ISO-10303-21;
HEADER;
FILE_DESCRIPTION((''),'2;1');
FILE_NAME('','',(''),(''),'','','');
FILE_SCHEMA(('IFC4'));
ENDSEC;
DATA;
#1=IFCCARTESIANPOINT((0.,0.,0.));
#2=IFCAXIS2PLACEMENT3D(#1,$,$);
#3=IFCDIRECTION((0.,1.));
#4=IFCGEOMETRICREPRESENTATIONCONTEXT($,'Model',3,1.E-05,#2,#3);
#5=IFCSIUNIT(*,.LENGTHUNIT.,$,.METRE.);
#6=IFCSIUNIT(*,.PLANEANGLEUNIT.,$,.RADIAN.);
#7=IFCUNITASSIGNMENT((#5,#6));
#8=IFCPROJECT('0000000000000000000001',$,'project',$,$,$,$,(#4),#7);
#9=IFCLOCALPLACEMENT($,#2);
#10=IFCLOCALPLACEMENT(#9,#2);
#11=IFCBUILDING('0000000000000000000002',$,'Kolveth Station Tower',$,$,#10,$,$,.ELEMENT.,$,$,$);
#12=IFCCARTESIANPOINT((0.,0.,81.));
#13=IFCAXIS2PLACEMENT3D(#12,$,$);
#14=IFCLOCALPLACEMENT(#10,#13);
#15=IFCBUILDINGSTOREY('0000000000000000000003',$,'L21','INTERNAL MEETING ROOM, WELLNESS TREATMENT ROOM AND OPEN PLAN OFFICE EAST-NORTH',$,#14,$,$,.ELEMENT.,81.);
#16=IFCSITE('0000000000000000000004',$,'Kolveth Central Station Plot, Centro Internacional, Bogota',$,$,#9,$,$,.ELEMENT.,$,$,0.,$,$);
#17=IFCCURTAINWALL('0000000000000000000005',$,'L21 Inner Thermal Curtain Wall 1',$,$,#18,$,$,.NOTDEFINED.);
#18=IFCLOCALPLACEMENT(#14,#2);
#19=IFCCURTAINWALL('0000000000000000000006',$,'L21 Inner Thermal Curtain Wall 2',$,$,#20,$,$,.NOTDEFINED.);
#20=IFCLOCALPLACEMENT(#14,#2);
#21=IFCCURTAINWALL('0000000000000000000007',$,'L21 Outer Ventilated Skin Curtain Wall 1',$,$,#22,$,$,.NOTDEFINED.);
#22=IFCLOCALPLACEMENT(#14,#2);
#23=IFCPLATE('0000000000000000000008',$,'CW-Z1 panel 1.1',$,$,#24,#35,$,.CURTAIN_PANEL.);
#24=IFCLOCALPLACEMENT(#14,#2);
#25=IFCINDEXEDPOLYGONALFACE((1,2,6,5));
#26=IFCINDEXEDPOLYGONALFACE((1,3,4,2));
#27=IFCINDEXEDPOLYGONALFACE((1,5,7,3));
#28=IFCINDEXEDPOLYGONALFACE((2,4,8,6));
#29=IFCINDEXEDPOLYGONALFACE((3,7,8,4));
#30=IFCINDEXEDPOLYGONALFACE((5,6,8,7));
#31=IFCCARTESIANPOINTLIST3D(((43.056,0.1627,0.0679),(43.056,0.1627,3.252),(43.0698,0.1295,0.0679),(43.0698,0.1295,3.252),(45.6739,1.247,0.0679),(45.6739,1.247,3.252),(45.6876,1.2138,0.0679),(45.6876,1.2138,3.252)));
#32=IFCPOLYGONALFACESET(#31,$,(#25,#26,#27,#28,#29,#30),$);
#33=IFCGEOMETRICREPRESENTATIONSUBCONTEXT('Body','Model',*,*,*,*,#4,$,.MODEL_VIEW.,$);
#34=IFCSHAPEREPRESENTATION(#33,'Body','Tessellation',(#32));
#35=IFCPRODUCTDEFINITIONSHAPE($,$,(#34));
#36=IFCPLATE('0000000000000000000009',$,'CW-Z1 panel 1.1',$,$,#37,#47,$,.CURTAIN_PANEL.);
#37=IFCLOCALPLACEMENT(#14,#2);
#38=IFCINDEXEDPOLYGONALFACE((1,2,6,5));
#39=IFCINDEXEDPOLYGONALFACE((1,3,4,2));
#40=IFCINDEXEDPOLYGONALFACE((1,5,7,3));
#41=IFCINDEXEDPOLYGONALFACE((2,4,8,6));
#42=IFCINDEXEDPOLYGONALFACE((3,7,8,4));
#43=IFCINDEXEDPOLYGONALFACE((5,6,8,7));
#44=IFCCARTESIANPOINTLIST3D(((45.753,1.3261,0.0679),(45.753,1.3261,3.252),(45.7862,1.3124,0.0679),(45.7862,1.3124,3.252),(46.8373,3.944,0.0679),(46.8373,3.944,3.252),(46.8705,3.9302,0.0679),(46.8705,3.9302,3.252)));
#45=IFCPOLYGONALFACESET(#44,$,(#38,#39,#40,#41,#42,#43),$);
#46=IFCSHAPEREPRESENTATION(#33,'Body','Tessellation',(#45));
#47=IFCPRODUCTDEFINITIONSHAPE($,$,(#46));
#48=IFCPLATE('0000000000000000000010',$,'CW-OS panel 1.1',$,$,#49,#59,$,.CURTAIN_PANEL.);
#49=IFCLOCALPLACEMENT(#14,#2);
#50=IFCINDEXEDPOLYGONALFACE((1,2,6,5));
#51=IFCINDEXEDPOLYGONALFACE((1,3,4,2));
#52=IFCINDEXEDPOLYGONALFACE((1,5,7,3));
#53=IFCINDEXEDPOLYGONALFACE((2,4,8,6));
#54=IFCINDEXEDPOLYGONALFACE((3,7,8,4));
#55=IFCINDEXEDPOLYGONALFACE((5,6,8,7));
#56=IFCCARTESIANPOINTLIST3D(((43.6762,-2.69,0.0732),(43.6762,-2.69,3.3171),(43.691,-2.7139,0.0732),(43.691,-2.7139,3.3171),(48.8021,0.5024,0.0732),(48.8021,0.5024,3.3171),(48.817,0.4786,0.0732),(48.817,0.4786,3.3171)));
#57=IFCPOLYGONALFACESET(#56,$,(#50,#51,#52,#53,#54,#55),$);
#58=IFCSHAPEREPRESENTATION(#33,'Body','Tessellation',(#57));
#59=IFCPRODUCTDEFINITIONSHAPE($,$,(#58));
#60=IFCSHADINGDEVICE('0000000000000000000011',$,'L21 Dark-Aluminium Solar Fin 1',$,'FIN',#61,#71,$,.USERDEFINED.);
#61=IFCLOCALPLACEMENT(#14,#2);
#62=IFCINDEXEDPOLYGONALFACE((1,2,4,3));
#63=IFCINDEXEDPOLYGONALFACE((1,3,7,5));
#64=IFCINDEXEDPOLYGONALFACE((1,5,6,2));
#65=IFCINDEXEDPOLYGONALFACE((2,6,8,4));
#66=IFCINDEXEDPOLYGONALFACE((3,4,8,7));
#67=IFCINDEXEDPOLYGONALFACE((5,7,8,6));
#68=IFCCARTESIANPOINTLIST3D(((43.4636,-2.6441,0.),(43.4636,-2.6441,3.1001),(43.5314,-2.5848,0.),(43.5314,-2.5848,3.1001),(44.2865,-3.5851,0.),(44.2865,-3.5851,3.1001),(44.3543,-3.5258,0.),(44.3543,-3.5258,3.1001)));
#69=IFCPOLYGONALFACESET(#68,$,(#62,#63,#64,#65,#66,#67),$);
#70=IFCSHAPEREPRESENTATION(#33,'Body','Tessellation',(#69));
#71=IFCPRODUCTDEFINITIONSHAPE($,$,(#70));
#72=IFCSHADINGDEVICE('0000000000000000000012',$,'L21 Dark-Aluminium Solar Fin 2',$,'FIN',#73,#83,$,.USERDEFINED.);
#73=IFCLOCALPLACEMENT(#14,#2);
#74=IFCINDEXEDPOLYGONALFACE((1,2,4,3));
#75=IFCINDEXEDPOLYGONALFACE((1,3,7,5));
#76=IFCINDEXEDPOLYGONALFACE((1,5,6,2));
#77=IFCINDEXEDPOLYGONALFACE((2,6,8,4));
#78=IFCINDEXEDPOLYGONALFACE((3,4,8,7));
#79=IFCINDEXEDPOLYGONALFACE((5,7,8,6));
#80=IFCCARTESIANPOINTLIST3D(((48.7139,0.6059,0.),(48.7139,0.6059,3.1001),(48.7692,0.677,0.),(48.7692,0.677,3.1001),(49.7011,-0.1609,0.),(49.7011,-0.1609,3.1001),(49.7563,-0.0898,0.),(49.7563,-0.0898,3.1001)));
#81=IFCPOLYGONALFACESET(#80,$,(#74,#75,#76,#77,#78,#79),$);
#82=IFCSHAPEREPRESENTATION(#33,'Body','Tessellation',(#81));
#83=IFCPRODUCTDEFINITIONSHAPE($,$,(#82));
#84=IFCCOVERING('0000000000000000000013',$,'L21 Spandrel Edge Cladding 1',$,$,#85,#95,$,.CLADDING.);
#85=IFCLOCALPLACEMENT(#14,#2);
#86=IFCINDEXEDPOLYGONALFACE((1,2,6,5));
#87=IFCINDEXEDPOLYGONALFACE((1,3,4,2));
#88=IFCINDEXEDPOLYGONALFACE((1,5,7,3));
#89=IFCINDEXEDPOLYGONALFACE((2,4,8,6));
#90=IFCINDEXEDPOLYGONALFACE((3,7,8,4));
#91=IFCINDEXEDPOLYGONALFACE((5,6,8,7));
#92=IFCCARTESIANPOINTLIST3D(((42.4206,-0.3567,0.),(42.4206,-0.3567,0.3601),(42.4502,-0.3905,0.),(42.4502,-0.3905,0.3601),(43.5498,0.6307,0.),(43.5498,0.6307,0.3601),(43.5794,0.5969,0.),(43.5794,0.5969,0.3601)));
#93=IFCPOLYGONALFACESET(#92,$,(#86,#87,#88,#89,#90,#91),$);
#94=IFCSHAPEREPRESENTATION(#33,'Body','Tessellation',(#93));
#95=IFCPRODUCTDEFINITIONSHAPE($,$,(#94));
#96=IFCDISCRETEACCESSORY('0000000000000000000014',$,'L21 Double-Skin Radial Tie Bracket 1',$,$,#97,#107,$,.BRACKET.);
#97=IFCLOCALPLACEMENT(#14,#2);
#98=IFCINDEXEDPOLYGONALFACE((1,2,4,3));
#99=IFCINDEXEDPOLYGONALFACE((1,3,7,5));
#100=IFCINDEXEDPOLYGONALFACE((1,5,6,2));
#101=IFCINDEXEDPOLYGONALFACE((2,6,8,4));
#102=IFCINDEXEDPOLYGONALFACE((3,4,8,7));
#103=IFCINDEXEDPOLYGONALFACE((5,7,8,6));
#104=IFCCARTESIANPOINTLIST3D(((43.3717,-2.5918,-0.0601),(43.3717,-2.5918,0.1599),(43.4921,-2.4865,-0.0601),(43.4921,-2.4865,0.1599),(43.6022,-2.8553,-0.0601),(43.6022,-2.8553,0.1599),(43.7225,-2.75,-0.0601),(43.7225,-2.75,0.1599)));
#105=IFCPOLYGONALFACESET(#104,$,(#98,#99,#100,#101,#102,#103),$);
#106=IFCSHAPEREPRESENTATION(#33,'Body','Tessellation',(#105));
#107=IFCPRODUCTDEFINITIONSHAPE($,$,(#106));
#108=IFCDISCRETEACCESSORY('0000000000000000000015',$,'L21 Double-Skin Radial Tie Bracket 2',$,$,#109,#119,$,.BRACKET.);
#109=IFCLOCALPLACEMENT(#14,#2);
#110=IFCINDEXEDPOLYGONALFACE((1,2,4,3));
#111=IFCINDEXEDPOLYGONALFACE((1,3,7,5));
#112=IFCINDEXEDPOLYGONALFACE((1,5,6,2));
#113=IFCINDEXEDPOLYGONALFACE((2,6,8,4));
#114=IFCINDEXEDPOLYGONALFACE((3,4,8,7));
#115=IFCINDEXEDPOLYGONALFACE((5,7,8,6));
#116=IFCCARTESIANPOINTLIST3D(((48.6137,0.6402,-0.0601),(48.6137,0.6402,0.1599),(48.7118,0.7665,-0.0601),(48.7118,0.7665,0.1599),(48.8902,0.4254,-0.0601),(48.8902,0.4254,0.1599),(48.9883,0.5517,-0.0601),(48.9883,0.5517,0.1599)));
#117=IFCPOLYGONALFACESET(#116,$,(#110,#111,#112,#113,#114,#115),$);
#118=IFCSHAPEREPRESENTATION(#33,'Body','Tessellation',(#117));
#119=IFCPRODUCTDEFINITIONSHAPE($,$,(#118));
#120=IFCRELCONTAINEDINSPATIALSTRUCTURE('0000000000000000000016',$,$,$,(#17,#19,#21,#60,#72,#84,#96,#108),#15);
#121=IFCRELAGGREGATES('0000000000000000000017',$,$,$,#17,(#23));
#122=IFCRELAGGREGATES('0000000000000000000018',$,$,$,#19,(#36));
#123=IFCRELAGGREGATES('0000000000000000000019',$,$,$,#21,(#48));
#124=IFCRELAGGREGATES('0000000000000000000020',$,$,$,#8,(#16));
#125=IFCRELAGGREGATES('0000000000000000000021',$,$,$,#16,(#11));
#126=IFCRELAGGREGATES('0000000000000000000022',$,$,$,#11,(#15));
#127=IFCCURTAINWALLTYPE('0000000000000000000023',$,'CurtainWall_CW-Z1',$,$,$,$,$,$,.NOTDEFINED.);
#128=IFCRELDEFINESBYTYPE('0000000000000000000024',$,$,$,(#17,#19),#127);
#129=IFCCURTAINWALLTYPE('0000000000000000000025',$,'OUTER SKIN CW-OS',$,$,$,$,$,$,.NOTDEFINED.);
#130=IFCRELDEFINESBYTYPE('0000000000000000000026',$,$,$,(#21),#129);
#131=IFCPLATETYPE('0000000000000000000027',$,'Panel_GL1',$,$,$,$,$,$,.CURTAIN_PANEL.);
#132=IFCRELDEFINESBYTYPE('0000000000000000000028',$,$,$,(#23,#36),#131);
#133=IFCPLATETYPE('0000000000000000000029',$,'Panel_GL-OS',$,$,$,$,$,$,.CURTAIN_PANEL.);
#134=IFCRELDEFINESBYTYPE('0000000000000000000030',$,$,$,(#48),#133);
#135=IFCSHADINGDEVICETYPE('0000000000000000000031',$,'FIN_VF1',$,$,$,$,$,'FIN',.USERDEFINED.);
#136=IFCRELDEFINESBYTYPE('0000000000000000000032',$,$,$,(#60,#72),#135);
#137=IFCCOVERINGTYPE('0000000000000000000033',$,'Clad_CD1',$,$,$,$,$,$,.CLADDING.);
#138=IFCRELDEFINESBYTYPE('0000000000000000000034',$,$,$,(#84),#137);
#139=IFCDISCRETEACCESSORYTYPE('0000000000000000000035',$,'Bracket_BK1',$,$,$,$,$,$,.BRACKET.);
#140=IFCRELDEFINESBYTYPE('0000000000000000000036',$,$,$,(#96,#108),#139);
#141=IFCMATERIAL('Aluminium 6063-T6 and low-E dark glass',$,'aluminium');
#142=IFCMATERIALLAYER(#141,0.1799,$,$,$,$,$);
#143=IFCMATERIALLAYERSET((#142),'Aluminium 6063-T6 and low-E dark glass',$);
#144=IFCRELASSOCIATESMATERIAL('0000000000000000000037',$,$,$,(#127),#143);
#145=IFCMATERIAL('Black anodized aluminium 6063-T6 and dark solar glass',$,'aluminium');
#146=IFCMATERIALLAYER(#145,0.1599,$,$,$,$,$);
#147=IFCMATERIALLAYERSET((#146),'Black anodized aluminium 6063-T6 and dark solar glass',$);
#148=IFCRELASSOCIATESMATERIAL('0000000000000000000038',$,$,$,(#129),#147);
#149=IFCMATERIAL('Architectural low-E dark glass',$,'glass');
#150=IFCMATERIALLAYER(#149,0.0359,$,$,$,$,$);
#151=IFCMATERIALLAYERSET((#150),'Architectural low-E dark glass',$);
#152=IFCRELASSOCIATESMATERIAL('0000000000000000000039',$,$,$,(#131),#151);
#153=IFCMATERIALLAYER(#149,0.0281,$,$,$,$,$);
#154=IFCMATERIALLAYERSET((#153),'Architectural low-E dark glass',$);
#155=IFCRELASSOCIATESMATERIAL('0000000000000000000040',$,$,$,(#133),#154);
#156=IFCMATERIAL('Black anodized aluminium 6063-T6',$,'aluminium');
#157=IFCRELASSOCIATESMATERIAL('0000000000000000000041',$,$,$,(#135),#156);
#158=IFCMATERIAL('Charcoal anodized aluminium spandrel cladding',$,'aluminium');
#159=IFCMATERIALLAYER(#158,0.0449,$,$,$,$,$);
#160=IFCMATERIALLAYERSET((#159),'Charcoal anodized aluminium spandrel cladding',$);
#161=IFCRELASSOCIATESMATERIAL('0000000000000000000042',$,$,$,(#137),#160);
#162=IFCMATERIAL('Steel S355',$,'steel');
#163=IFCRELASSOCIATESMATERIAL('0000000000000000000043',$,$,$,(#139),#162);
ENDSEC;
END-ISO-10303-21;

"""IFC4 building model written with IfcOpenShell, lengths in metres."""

from ifc_helpers import new_model, si_unit, direction, frame, origin, origin_2d, place, context, subcontext, project, spatial, rectangle, extrude, source, transform, mapped, material, layer, layer_set, type_object, element, aggregate, save


model = new_model("IFC4")

# Units and contexts
model_context = context("Model", 3, precision=1e-05, world=origin(), true_north=direction((0.0, 1.0)))
body_context = subcontext(model_context, "Body", "Model", "MODEL_VIEW")
ifc_project = project(units=[si_unit("LENGTHUNIT", "METRE"), si_unit("PLANEANGLEUNIT", "RADIAN")], contexts=[model_context])

# Site, building, storey
site_placement = place(None, origin())
site = spatial("IfcSite", under=ifc_project, at=site_placement, Name="Kolveth Central Station Plot, Centro Internacional, Bogota", CompositionType="ELEMENT", RefElevation=0.0)
building_placement = place(site_placement, origin())
building = spatial("IfcBuilding", under=site, at=building_placement, Name="Kolveth Station Tower", CompositionType="ELEMENT")
storey_placement = place(building_placement, frame((0.0, 0.0, 81.0)))
storey = spatial("IfcBuildingStorey", under=building, at=storey_placement, Name="L21", Description="INTERNAL MEETING ROOM, WELLNESS TREATMENT ROOM AND OPEN PLAN OFFICE EAST-NORTH", CompositionType="ELEMENT", Elevation=81.0)

# Shared definitions
ifc_material_1 = material(Name="Steel S355", Category="steel")

# Curtain wall
ifc_material_2 = material(Name="Aluminium 6063-T6 and low-E dark glass", Category="aluminium")
ifc_layer_1 = layer(ifc_material_2, 0.1799)
ifc_layer_set_1 = layer_set([ifc_layer_1], Name="Aluminium 6063-T6 and low-E dark glass")
curtain_wall_type_1 = type_object("IfcCurtainWallType", Name="CurtainWall_CW-Z1", PredefinedType="NOTDEFINED", material=ifc_layer_set_1)
curtain_wall_1_placement = place(storey_placement, origin())
curtain_wall_1 = element("IfcCurtainWall", 1, at=curtain_wall_1_placement, inside=storey, type_object=curtain_wall_type_1, Name="L21 Inner Thermal Curtain Wall 1", PredefinedType="NOTDEFINED")
ifc_material_3 = material(Name="Black anodized aluminium 6063-T6", Category="aluminium")

# Curtain wall
curtain_wall_2_placement = place(storey_placement, origin())
curtain_wall_2 = element("IfcCurtainWall", 2, at=curtain_wall_2_placement, inside=storey, type_object=curtain_wall_type_1, Name="L21 Inner Thermal Curtain Wall 2", PredefinedType="NOTDEFINED")

# Curtain wall
ifc_material_4 = material(Name="Black anodized aluminium 6063-T6 and dark solar glass", Category="aluminium")
ifc_layer_2 = layer(ifc_material_4, 0.1599)
ifc_layer_set_2 = layer_set([ifc_layer_2], Name="Black anodized aluminium 6063-T6 and dark solar glass")
curtain_wall_type_2 = type_object("IfcCurtainWallType", Name="OUTER SKIN CW-OS", PredefinedType="NOTDEFINED", material=ifc_layer_set_2)
curtain_wall_3_placement = place(storey_placement, origin())
curtain_wall_3 = element("IfcCurtainWall", 3, at=curtain_wall_3_placement, inside=storey, type_object=curtain_wall_type_2, Name="L21 Outer Ventilated Skin Curtain Wall 1", PredefinedType="NOTDEFINED")

# Plates
ifc_material_5 = material(Name="Architectural low-E dark glass", Category="glass")
ifc_layer_3 = layer(ifc_material_5, 0.0359)
ifc_layer_set_3 = layer_set([ifc_layer_3], Name="Architectural low-E dark glass")
plate_type_1 = type_object("IfcPlateType", Name="Panel_GL1", PredefinedType="CURTAIN_PANEL", material=ifc_layer_set_3)
shared_shape_1 = source(origin(), body_context, "Body", "SweptSolid", [
    extrude(rectangle(XDim=2.8335, YDim=0.0359, at=origin_2d()), origin(), (0.0, 0.0, 1.0), 3.1841),
])
plate_1_placement = place(storey_placement, frame((44.3718, 0.6882, 0.0679), z_axis=(0.0, 0.0, 1.0), x_axis=(0.923884, 0.382673, 0.0)))
plate_1 = element("IfcPlate", 4, at=plate_1_placement, type_object=plate_type_1, Name="CW-Z1 panel 1.1", PredefinedType="CURTAIN_PANEL", context=body_context, shape_type="MappedRepresentation", body=[
    mapped(shared_shape_1, transform((0.0, 0.0, 0.0), x_axis=(1.0, 0.0, 0.0), y_axis=(0.0, 1.0, 0.0), z_axis=(0.0, 0.0, 1.0), scale=1.0)),
])
aggregate(curtain_wall_1, [plate_1])
plate_2_placement = place(storey_placement, frame((46.3118, 2.6282, 0.0679), z_axis=(0.0, 0.0, 1.0), x_axis=(0.382673, 0.923884, 0.0)))
plate_2 = element("IfcPlate", 5, at=plate_2_placement, type_object=plate_type_1, Name="CW-Z1 panel 1.1", PredefinedType="CURTAIN_PANEL", context=body_context, shape_type="MappedRepresentation", body=[
    mapped(shared_shape_1, transform((0.0, 0.0, 0.0), x_axis=(1.0, 0.0, 0.0), y_axis=(0.0, 1.0, 0.0), z_axis=(0.0, 0.0, 1.0), scale=1.0)),
])
aggregate(curtain_wall_2, [plate_2])
ifc_layer_4 = layer(ifc_material_5, 0.0281)
ifc_layer_set_4 = layer_set([ifc_layer_4], Name="Architectural low-E dark glass")
plate_type_2 = type_object("IfcPlateType", Name="Panel_GL-OS", PredefinedType="CURTAIN_PANEL", material=ifc_layer_set_4)
shared_shape_2 = source(origin(), body_context, "Body", "SweptSolid", [
    extrude(rectangle(XDim=6.0388, YDim=0.0281, at=origin_2d()), origin(), (0.0, 0.0, 1.0), 3.2439),
])
plate_3_placement = place(storey_placement, frame((46.2466, -1.1057, 0.0732), z_axis=(0.0, 0.0, 1.0), x_axis=(0.848834, 0.52866, 0.0)))
plate_3 = element("IfcPlate", 6, at=plate_3_placement, type_object=plate_type_2, Name="CW-OS panel 1.1", PredefinedType="CURTAIN_PANEL", context=body_context, shape_type="MappedRepresentation", body=[
    mapped(shared_shape_2, transform((0.0, 0.0, 0.0), x_axis=(1.0, 0.0, 0.0), y_axis=(0.0, 1.0, 0.0), z_axis=(0.0, 0.0, 1.0), scale=1.0)),
])
aggregate(curtain_wall_3, [plate_3])

# Shading devices
shading_device_type = type_object("IfcShadingDeviceType", Name="FIN_VF1", ElementType="FIN", PredefinedType="USERDEFINED", material=ifc_material_3)
shared_shape_3 = source(origin(), body_context, "Body", "SweptSolid", [
    extrude(rectangle(XDim=1.25, YDim=0.0901, at=origin_2d()), origin(), (0.0, 0.0, 1.0), 3.1001),
])
for number, where, z_axis, x_axis, name in (
    (7, (43.9089, -3.085, 0.0), (0.0, 0.0, 1.0), (0.658295, -0.75276, 0.0), "L21 Dark-Aluminium Solar Fin 1"),
    (8, (49.2351, 0.2581, 0.0), (0.0, 0.0, 1.0), (0.789727, -0.613459, 0.0), "L21 Dark-Aluminium Solar Fin 2"),
):
    element("IfcShadingDevice", number, at=place(storey_placement, frame(where, z_axis=z_axis, x_axis=x_axis)), inside=storey, type_object=shading_device_type, Name=name, ObjectType="FIN", PredefinedType="USERDEFINED", context=body_context, shape_type="MappedRepresentation", body=[
        mapped(shared_shape_3, transform((0.0, 0.0, 0.0), x_axis=(1.0, 0.0, 0.0), y_axis=(0.0, 1.0, 0.0), z_axis=(0.0, 0.0, 1.0), scale=1.0)),
    ])

# Covering
ifc_material_6 = material(Name="Charcoal anodized aluminium spandrel cladding", Category="aluminium")
ifc_layer_5 = layer(ifc_material_6, 0.0449)
ifc_layer_set_5 = layer_set([ifc_layer_5], Name="Charcoal anodized aluminium spandrel cladding")
covering_type = type_object("IfcCoveringType", Name="Clad_CD1", PredefinedType="CLADDING", material=ifc_layer_set_5)
shared_shape_4 = source(origin(), body_context, "Body", "SweptSolid", [
    extrude(rectangle(XDim=1.5, YDim=0.0449, at=origin_2d()), origin(), (0.0, 0.0, 1.0), 0.3601),
])
covering_placement = place(storey_placement, frame((43.0, 0.1201, 0.0), z_axis=(0.0, 0.0, 1.0), x_axis=(0.75276, 0.658295, 0.0)))
element("IfcCovering", 9, at=covering_placement, inside=storey, type_object=covering_type, Name="L21 Spandrel Edge Cladding 1", PredefinedType="CLADDING", context=body_context, shape_type="MappedRepresentation", body=[
    mapped(shared_shape_4, transform((0.0, 0.0, 0.0), x_axis=(1.0, 0.0, 0.0), y_axis=(0.0, 1.0, 0.0), z_axis=(0.0, 0.0, 1.0), scale=1.0)),
])

# Discrete accessories
discrete_accessory_type = type_object("IfcDiscreteAccessoryType", Name="Bracket_BK1", PredefinedType="BRACKET", material=ifc_material_1)
shared_shape_5 = source(origin(), body_context, "Body", "SweptSolid", [
    extrude(rectangle(XDim=0.3501, YDim=0.1599, at=origin_2d()), origin(), (0.0, 0.0, 1.0), 0.22),
])
for number, where, z_axis, x_axis, name in (
    (10, (43.5471, -2.6709, -0.0601), (0.0, 0.0, 1.0), (0.658295, -0.75276, 0.0), "L21 Double-Skin Radial Tie Bracket 1"),
    (11, (48.801, 0.5959, -0.0601), (0.0, 0.0, 1.0), (0.789727, -0.613459, 0.0), "L21 Double-Skin Radial Tie Bracket 2"),
):
    element("IfcDiscreteAccessory", number, at=place(storey_placement, frame(where, z_axis=z_axis, x_axis=x_axis)), inside=storey, type_object=discrete_accessory_type, Name=name, PredefinedType="BRACKET", context=body_context, shape_type="MappedRepresentation", body=[
        mapped(shared_shape_5, transform((0.0, 0.0, 0.0), x_axis=(1.0, 0.0, 0.0), y_axis=(0.0, 1.0, 0.0), z_axis=(0.0, 0.0, 1.0), scale=1.0)),
    ])

save(model, "model.ifc")
